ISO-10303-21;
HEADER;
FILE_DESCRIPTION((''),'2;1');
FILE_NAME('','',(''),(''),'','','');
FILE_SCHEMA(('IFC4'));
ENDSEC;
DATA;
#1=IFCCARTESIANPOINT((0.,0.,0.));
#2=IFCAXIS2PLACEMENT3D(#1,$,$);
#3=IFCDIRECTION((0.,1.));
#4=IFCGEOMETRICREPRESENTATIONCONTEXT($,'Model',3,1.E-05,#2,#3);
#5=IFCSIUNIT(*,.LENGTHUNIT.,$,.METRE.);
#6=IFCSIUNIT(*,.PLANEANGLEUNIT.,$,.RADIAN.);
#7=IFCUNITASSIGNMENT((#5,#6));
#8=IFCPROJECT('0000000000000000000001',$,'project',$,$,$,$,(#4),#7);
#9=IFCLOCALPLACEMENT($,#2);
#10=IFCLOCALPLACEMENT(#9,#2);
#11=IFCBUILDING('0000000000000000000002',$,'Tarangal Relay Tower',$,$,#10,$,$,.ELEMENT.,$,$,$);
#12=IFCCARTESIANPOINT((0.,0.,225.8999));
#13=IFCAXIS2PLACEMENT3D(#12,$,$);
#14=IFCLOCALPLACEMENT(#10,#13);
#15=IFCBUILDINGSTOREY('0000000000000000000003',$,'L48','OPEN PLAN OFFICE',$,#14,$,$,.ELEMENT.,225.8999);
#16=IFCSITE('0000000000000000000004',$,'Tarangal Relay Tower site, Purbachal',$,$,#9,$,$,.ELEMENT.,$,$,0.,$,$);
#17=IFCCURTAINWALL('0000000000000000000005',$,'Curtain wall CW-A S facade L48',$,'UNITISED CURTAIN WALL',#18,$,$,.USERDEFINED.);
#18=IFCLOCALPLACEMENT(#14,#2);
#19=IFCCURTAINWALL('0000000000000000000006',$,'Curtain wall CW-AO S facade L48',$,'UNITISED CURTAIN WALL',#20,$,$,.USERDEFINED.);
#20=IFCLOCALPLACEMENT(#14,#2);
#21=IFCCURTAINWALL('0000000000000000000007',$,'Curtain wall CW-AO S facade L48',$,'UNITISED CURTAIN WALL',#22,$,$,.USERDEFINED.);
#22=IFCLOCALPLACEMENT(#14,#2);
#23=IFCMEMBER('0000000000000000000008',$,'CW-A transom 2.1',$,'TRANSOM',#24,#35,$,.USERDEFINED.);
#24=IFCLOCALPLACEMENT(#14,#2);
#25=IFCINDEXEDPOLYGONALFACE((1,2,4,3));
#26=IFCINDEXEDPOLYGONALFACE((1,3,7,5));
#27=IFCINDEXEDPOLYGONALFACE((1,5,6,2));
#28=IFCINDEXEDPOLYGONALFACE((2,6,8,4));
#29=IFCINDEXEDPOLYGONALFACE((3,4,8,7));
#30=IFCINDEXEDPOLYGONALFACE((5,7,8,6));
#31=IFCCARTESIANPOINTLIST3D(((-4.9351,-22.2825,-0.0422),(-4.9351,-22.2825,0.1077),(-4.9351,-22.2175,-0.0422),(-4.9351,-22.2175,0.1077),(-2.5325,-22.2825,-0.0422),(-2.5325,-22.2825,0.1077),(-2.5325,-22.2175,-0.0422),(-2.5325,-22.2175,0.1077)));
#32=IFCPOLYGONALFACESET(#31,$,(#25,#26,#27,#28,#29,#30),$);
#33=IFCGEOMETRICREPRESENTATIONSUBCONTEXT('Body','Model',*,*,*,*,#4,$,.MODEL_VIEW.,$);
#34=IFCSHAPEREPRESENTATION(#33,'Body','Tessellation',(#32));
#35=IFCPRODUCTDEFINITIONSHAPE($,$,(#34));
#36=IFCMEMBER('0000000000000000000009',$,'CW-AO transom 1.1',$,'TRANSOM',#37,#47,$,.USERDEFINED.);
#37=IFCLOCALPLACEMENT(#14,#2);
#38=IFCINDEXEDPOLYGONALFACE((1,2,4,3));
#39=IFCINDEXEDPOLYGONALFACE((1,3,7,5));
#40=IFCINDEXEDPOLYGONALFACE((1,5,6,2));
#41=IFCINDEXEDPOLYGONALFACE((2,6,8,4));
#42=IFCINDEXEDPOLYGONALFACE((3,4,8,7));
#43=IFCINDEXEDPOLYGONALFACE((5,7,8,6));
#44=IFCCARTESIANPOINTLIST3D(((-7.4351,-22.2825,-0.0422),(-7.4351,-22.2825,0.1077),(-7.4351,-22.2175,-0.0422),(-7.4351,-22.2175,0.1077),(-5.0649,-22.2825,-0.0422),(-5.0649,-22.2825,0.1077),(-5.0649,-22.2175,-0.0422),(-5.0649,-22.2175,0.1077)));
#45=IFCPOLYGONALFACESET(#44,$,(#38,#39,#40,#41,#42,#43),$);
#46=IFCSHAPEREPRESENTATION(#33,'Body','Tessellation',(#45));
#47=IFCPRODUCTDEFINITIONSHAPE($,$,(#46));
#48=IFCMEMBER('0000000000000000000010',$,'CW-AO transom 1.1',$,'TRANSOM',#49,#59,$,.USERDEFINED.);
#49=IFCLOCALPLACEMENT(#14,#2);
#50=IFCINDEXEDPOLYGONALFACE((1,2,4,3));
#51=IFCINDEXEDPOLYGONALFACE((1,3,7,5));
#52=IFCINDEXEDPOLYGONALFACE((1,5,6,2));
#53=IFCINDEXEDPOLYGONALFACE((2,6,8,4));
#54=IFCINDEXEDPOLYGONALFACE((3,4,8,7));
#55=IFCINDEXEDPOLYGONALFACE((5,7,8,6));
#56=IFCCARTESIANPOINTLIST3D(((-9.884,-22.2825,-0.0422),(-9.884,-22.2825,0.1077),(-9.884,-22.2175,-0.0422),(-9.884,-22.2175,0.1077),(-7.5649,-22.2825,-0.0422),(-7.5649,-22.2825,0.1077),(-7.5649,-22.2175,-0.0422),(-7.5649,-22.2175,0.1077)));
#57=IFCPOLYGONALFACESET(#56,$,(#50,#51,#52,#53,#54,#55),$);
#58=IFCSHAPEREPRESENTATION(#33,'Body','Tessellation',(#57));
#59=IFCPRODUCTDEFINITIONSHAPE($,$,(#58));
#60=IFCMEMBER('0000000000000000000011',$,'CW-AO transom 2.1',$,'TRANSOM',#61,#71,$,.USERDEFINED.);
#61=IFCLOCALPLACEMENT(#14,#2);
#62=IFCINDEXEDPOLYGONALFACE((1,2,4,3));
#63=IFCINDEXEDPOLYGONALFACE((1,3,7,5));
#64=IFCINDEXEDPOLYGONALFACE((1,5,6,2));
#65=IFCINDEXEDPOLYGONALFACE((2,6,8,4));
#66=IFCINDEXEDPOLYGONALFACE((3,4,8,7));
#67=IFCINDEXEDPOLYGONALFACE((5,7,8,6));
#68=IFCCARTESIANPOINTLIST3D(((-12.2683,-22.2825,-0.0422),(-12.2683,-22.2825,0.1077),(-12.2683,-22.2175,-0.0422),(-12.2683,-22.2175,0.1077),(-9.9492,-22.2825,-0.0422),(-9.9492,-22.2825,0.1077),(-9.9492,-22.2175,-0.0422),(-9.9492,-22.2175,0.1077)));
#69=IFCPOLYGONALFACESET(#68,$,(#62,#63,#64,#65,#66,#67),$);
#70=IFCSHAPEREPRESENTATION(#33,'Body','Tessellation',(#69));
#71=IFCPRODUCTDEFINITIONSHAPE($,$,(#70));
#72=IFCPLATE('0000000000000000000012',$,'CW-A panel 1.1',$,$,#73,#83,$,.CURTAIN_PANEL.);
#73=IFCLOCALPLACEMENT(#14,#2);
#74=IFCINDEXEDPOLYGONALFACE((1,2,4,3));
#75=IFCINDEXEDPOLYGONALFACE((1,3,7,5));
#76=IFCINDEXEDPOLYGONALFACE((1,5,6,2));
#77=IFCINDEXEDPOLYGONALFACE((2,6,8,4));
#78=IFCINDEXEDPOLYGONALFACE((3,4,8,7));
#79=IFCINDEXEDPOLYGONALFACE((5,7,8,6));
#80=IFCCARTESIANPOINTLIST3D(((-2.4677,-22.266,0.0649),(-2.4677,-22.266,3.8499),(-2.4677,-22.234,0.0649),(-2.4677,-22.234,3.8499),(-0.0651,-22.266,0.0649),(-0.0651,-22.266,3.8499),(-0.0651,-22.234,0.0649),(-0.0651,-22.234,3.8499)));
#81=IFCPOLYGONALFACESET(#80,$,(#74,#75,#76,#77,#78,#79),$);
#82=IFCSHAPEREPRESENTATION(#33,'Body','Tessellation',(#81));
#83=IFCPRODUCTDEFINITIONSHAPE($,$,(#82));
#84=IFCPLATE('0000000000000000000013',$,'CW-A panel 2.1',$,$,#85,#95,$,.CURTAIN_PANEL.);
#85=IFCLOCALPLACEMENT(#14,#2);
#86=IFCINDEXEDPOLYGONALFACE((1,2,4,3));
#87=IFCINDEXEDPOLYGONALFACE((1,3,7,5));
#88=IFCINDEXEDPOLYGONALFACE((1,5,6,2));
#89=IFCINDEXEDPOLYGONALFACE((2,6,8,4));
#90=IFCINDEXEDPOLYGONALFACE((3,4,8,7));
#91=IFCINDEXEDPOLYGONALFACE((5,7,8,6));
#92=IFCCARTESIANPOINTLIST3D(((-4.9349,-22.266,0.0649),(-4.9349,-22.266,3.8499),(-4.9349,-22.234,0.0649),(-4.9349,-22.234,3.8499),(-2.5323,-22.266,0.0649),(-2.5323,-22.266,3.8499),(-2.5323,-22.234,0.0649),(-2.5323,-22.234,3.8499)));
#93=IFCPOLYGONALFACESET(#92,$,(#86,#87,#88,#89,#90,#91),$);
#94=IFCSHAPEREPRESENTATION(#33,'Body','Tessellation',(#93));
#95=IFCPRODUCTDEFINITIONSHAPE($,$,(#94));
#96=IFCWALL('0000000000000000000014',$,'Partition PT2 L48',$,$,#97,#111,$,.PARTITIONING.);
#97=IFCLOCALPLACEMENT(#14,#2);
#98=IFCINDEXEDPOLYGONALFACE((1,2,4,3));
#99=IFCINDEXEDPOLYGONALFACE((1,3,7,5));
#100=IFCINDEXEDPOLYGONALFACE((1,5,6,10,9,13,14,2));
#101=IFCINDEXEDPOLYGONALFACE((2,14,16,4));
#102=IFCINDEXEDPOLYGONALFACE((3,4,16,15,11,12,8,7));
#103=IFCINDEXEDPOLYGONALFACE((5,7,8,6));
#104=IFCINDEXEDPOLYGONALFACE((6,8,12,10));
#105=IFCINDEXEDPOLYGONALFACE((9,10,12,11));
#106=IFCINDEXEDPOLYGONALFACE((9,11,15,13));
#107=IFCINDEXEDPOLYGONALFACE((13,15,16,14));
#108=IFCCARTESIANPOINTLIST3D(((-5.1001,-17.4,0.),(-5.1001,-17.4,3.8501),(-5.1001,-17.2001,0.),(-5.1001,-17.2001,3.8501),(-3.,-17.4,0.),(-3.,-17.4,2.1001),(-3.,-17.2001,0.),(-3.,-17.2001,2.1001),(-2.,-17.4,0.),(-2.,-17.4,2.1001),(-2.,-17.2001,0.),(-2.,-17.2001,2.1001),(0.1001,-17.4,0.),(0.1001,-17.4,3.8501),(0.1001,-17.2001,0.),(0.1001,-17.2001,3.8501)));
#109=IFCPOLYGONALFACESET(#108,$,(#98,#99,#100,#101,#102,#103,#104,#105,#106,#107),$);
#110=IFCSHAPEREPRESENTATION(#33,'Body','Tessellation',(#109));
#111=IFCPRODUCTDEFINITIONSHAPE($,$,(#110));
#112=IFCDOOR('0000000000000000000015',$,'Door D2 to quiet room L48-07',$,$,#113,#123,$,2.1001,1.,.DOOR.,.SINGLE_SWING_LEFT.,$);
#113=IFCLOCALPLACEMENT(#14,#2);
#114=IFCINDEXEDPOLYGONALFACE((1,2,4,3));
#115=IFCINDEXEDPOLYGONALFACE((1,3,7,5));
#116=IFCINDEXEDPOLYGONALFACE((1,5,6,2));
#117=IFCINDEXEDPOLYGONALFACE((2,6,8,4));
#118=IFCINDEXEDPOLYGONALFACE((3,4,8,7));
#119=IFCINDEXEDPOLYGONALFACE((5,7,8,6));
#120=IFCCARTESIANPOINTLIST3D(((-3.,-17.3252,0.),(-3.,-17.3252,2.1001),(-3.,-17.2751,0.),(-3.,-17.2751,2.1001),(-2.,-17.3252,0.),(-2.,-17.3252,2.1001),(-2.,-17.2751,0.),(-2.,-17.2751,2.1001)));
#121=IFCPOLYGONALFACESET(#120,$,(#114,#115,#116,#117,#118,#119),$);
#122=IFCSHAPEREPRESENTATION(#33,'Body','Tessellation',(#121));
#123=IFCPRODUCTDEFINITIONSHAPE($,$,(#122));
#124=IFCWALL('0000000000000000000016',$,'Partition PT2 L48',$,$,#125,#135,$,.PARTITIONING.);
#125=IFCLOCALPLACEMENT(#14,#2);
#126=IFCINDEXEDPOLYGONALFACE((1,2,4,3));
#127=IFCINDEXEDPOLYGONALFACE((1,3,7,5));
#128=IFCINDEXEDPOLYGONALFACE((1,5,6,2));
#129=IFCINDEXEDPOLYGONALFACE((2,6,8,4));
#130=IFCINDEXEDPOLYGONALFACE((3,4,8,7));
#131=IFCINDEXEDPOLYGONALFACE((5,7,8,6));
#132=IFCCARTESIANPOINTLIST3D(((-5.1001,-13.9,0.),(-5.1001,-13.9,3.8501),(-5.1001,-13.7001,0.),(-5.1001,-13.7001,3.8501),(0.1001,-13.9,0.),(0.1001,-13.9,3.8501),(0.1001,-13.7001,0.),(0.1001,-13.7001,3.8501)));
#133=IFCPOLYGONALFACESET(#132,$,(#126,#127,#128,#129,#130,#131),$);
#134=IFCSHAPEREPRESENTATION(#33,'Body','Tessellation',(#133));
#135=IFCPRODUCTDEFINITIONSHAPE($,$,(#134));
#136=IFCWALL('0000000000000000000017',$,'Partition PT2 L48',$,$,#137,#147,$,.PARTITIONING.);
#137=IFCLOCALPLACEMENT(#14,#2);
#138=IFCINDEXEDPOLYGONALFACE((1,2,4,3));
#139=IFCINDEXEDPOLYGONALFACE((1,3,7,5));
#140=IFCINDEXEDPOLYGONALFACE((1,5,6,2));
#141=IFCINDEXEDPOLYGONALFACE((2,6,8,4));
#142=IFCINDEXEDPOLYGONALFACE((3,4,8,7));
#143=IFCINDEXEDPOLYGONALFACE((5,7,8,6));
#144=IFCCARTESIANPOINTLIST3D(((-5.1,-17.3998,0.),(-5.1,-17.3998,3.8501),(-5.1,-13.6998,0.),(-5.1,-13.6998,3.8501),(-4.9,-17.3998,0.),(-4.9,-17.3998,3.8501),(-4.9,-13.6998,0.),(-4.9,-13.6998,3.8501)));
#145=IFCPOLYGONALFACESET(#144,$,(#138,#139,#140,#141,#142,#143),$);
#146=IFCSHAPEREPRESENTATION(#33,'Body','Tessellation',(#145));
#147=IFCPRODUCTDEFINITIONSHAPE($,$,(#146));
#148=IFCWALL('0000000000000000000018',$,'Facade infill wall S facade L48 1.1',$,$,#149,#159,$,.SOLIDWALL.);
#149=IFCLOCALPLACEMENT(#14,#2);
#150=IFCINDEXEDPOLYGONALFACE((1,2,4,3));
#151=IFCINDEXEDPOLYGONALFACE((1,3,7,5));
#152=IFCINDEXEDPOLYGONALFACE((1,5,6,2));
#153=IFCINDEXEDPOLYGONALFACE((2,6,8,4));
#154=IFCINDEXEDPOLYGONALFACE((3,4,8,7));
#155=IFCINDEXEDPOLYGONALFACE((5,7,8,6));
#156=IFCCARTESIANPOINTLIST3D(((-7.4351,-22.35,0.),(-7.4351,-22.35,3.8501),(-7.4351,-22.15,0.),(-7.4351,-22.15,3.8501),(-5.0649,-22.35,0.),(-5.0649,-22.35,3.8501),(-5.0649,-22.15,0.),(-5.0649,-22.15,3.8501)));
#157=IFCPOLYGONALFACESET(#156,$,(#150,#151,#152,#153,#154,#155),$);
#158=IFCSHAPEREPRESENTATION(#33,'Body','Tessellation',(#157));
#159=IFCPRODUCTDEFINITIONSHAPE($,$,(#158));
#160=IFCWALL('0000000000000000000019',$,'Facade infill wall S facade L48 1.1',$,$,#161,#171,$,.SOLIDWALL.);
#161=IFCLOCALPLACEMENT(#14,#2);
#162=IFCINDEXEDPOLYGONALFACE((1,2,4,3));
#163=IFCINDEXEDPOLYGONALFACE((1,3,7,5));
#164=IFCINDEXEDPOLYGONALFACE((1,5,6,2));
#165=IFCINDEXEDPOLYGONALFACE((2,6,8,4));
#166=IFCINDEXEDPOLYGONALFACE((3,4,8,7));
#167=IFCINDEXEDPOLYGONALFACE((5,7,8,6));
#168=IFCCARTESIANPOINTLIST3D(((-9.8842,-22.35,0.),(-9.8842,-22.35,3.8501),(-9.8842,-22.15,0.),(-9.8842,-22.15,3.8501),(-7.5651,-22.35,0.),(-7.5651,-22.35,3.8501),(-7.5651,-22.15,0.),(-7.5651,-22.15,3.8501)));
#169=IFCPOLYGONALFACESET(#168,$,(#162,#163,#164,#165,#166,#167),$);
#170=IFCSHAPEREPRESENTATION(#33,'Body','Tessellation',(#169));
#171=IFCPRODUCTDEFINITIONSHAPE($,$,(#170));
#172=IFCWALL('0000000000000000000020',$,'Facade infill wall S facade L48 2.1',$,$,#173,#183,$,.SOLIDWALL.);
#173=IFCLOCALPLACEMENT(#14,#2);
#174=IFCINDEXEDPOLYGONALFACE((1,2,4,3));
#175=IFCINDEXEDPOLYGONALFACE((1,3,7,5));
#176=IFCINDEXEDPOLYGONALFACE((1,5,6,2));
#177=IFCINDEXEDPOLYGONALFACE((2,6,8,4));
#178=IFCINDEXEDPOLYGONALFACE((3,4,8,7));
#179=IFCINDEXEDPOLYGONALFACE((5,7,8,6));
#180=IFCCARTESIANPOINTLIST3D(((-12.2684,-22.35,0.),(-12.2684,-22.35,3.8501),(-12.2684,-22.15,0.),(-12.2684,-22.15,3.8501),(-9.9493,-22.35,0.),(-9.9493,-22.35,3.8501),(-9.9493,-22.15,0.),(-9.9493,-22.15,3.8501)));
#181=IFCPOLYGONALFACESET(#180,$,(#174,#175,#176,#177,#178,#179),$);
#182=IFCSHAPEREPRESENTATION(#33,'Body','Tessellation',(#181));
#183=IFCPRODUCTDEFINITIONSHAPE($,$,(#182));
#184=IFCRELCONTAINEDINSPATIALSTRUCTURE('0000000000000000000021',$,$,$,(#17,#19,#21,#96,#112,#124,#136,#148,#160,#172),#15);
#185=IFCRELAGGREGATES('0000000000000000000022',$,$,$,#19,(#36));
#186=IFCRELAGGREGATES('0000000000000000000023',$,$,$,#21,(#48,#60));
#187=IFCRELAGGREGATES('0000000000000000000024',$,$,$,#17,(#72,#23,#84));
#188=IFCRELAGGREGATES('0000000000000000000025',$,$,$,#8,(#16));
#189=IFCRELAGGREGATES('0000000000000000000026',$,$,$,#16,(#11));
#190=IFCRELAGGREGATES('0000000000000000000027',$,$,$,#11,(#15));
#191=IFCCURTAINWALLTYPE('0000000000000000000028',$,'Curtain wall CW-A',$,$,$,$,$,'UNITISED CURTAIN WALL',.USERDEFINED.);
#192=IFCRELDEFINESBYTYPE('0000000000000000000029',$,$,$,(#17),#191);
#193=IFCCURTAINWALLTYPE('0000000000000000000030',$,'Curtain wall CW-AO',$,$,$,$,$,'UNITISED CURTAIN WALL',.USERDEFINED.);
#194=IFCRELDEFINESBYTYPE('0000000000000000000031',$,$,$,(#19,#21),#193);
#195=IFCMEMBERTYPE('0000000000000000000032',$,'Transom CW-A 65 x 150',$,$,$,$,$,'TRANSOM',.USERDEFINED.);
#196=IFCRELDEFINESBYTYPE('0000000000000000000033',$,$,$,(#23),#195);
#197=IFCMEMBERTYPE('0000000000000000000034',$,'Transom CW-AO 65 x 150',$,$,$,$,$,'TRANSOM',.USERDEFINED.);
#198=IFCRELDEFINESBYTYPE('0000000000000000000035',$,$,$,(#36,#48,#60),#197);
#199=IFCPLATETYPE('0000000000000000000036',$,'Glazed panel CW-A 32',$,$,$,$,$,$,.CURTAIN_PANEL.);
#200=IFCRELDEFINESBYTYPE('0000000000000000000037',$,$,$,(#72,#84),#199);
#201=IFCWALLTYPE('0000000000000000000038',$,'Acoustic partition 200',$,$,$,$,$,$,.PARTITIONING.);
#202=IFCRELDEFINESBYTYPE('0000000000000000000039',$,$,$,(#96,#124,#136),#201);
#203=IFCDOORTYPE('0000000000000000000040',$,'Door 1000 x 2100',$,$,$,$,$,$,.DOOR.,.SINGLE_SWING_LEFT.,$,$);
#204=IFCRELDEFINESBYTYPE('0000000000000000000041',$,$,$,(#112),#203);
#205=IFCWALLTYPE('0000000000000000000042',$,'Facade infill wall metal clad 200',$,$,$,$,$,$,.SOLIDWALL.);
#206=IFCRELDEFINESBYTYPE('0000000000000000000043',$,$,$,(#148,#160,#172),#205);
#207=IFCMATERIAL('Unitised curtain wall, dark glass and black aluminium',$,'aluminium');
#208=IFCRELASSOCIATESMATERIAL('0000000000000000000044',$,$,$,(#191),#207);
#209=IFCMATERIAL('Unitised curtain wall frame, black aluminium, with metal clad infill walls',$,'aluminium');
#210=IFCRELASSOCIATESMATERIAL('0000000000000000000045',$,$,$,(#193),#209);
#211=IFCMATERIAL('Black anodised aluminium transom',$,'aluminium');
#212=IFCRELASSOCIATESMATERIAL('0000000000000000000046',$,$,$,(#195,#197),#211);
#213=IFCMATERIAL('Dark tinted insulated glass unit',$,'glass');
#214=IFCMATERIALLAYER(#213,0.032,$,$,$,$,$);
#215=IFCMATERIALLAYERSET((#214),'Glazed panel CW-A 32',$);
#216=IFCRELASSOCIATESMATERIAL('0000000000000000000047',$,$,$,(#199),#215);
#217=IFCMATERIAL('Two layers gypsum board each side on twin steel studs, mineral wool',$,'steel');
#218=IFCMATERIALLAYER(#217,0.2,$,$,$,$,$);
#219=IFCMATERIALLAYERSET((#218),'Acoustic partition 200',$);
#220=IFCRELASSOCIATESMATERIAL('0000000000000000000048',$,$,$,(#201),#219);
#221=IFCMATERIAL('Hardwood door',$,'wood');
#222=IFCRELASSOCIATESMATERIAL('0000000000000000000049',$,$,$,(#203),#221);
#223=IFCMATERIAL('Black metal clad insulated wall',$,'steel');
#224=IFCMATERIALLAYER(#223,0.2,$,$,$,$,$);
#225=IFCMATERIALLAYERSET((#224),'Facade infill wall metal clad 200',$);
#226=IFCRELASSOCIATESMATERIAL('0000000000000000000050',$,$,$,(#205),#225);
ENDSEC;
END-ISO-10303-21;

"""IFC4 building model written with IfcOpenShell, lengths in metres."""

from ifc_helpers import new_model, si_unit, direction, frame, frame_2d, origin, origin_2d, place, context, subcontext, project, spatial, rectangle, extrude, material, layer, layer_set, material_profile, profile_set, type_object, element, fill, aggregate, save


model = new_model("IFC4")

# Units and contexts
model_context = context("Model", 3, precision=1e-05, world=origin(), true_north=direction((0.0, 1.0)))
body_context = subcontext(model_context, "Body", "Model", "MODEL_VIEW")
ifc_project = project(units=[si_unit("LENGTHUNIT", "METRE"), si_unit("PLANEANGLEUNIT", "RADIAN")], contexts=[model_context])

# Site, building, storey
site_placement = place(None, origin())
site = spatial("IfcSite", under=ifc_project, at=site_placement, Name="Tarangal Relay Tower site, Purbachal", CompositionType="ELEMENT", RefElevation=0.0)
building_placement = place(site_placement, origin())
building = spatial("IfcBuilding", under=site, at=building_placement, Name="Tarangal Relay Tower", CompositionType="ELEMENT")
storey_placement = place(building_placement, frame((0.0, 0.0, 225.8999)))
storey = spatial("IfcBuildingStorey", under=building, at=storey_placement, Name="L48", Description="OPEN PLAN OFFICE", CompositionType="ELEMENT", Elevation=225.8999)

# Curtain walls
ifc_material_1 = material(Name="Unitised curtain wall, dark glass and black aluminium", Category="aluminium")
curtain_wall_type_1 = type_object("IfcCurtainWallType", Name="Curtain wall CW-A", ElementType="UNITISED CURTAIN WALL", PredefinedType="USERDEFINED", material=ifc_material_1)
curtain_wall_1_placement = place(storey_placement, origin())
curtain_wall_1 = element("IfcCurtainWall", 1, at=curtain_wall_1_placement, inside=storey, type_object=curtain_wall_type_1, Name="Curtain wall CW-A S facade L48", ObjectType="UNITISED CURTAIN WALL", PredefinedType="USERDEFINED")
ifc_material_2 = material(Name="Unitised curtain wall frame, black aluminium, with metal clad infill walls", Category="aluminium")
curtain_wall_type_2 = type_object("IfcCurtainWallType", Name="Curtain wall CW-AO", ElementType="UNITISED CURTAIN WALL", PredefinedType="USERDEFINED", material=ifc_material_2)
curtain_wall_2_placement = place(storey_placement, origin())
curtain_wall_2 = element("IfcCurtainWall", 2, at=curtain_wall_2_placement, inside=storey, type_object=curtain_wall_type_2, Name="Curtain wall CW-AO S facade L48", ObjectType="UNITISED CURTAIN WALL", PredefinedType="USERDEFINED")
curtain_wall_3_placement = place(storey_placement, origin())
curtain_wall_3 = element("IfcCurtainWall", 3, at=curtain_wall_3_placement, inside=storey, type_object=curtain_wall_type_2, Name="Curtain wall CW-AO S facade L48", ObjectType="UNITISED CURTAIN WALL", PredefinedType="USERDEFINED")

# Members
ifc_material_3 = material(Name="Black anodised aluminium transom", Category="aluminium")
ifc_material_profile_1 = material_profile(ifc_material_3, rectangle(XDim=0.0649, YDim=0.1499, at=origin_2d()), Name="CW-AT 65X150")
ifc_profile_set_1 = profile_set([ifc_material_profile_1], Name="Black anodised aluminium transom")
member_type_1 = type_object("IfcMemberType", Name="Transom CW-A 65 x 150", ElementType="TRANSOM", PredefinedType="USERDEFINED", material=ifc_profile_set_1)
member_1_placement = place(storey_placement, frame((-2.5325, -22.25, 0.0327), z_axis=(-1.0, 0.0, 0.0), x_axis=(0.0, -1.0, 0.0)))
member_1 = element("IfcMember", 4, at=member_1_placement, type_object=member_type_1, Name="CW-A transom 2.1", ObjectType="TRANSOM", PredefinedType="USERDEFINED", context=body_context, shape_type="SweptSolid", body=[
    extrude(rectangle(XDim=0.0649, YDim=0.1499, at=origin_2d()), origin(), (0.0, 0.0, 1.0), 2.4026),
])
ifc_material_profile_2 = material_profile(ifc_material_3, rectangle(XDim=0.0649, YDim=0.1499, at=origin_2d()), Name="CW-AOT 65X150")
ifc_profile_set_2 = profile_set([ifc_material_profile_2], Name="Black anodised aluminium transom")
member_type_2 = type_object("IfcMemberType", Name="Transom CW-AO 65 x 150", ElementType="TRANSOM", PredefinedType="USERDEFINED", material=ifc_profile_set_2)
member_2_placement = place(storey_placement, frame((-5.0649, -22.25, 0.0327), z_axis=(-1.0, 0.0, 0.0), x_axis=(0.0, -1.0, 0.0)))
member_2 = element("IfcMember", 5, at=member_2_placement, type_object=member_type_2, Name="CW-AO transom 1.1", ObjectType="TRANSOM", PredefinedType="USERDEFINED", context=body_context, shape_type="SweptSolid", body=[
    extrude(rectangle(XDim=0.0649, YDim=0.1499, at=origin_2d()), origin(), (0.0, 0.0, 1.0), 2.3701),
])
aggregate(curtain_wall_2, [member_2])
member_3_placement = place(storey_placement, frame((-7.5649, -22.25, 0.0327), z_axis=(-1.0, 0.0, 0.0), x_axis=(0.0, -1.0, 0.0)))
member_3 = element("IfcMember", 6, at=member_3_placement, type_object=member_type_2, Name="CW-AO transom 1.1", ObjectType="TRANSOM", PredefinedType="USERDEFINED", context=body_context, shape_type="SweptSolid", body=[
    extrude(rectangle(XDim=0.0649, YDim=0.1499, at=origin_2d()), origin(), (0.0, 0.0, 1.0), 2.3191),
])
member_4_placement = place(storey_placement, frame((-9.9492, -22.25, 0.0327), z_axis=(-1.0, 0.0, 0.0), x_axis=(0.0, -1.0, 0.0)))
member_4 = element("IfcMember", 7, at=member_4_placement, type_object=member_type_2, Name="CW-AO transom 2.1", ObjectType="TRANSOM", PredefinedType="USERDEFINED", context=body_context, shape_type="SweptSolid", body=[
    extrude(rectangle(XDim=0.0649, YDim=0.1499, at=origin_2d()), origin(), (0.0, 0.0, 1.0), 2.3191),
])
aggregate(curtain_wall_3, [member_3, member_4])

# Plates
ifc_material_4 = material(Name="Dark tinted insulated glass unit", Category="glass")
ifc_layer_1 = layer(ifc_material_4, 0.032)
ifc_layer_set_1 = layer_set([ifc_layer_1], Name="Glazed panel CW-A 32")
plate_type = type_object("IfcPlateType", Name="Glazed panel CW-A 32", PredefinedType="CURTAIN_PANEL", material=ifc_layer_set_1)
plate_1_placement = place(storey_placement, frame((-1.2664, -22.25, 0.0649), z_axis=(0.0, 0.0, 1.0), x_axis=(-1.0, 0.0, 0.0)))
plate_1 = element("IfcPlate", 8, at=plate_1_placement, type_object=plate_type, Name="CW-A panel 1.1", PredefinedType="CURTAIN_PANEL", context=body_context, shape_type="SweptSolid", body=[
    extrude(rectangle(XDim=2.4026, YDim=0.032, at=origin_2d()), origin(), (0.0, 0.0, 1.0), 3.7849),
])
plate_2_placement = place(storey_placement, frame((-3.7336, -22.25, 0.0649), z_axis=(0.0, 0.0, 1.0), x_axis=(-1.0, 0.0, 0.0)))
plate_2 = element("IfcPlate", 9, at=plate_2_placement, type_object=plate_type, Name="CW-A panel 2.1", PredefinedType="CURTAIN_PANEL", context=body_context, shape_type="SweptSolid", body=[
    extrude(rectangle(XDim=2.4026, YDim=0.032, at=origin_2d()), origin(), (0.0, 0.0, 1.0), 3.7849),
])
aggregate(curtain_wall_1, [plate_1, member_1, plate_2])

# Wall, opening, door
ifc_material_5 = material(Name="Two layers gypsum board each side on twin steel studs, mineral wool", Category="steel")
ifc_layer_2 = layer(ifc_material_5, 0.2)
ifc_layer_set_2 = layer_set([ifc_layer_2], Name="Acoustic partition 200")
wall_type_1 = type_object("IfcWallType", Name="Acoustic partition 200", PredefinedType="PARTITIONING", material=ifc_layer_set_2)
wall_1_placement = place(storey_placement, frame((-5.1001, -17.3, 0.0), z_axis=(0.0, 0.0, 1.0), x_axis=(1.0, 0.0, 0.0)))
wall_1 = element("IfcWall", 10, at=wall_1_placement, inside=storey, type_object=wall_type_1, Name="Partition PT2 L48", PredefinedType="PARTITIONING", context=body_context, shape_type="SweptSolid", body=[
    extrude(rectangle(XDim=5.2002, YDim=0.2, at=frame_2d((2.6001, 0.0))), origin(), (0.0, 0.0, 1.0), 3.8501),
])
opening_1_placement = place(wall_1_placement, frame((2.1001, 0.0, 0.0)))
opening_1 = element("IfcOpeningElement", 11, at=opening_1_placement, cuts=wall_1, PredefinedType="OPENING", context=body_context, shape_type="SweptSolid", body=[
    extrude(rectangle(XDim=1.0, YDim=2.1001, at=frame_2d((0.5, 1.05))), frame((0.0, 0.1099, 0.0), z_axis=(0.0, -1.0, 0.0), x_axis=(1.0, 0.0, 0.0)), (0.0, 0.0, 1.0), 0.22),
])
ifc_material_6 = material(Name="Hardwood door", Category="wood")
door_type_1 = type_object("IfcDoorType", Name="Door 1000 x 2100", OperationType="SINGLE_SWING_LEFT", PredefinedType="DOOR", material=ifc_material_6)
door_1_placement = place(opening_1_placement, origin())
door_1 = element("IfcDoor", 12, at=door_1_placement, inside=storey, type_object=door_type_1, Name="Door D2 to quiet room L48-07", OperationType="SINGLE_SWING_LEFT", OverallHeight=2.1001, OverallWidth=1.0, PredefinedType="DOOR", context=body_context, shape_type="SweptSolid", body=[
    extrude(rectangle(XDim=1.0, YDim=2.1001, at=frame_2d((0.5, 1.05))), frame((0.0, 0.0249, 0.0), z_axis=(0.0, -1.0, 0.0), x_axis=(1.0, 0.0, 0.0)), (0.0, 0.0, 1.0), 0.05),
])
fill(opening_1, door_1)

# Walls
wall_2_placement = place(storey_placement, frame((-5.1001, -13.8, 0.0), z_axis=(0.0, 0.0, 1.0), x_axis=(1.0, 0.0, 0.0)))
element("IfcWall", 13, at=wall_2_placement, inside=storey, type_object=wall_type_1, Name="Partition PT2 L48", PredefinedType="PARTITIONING", context=body_context, shape_type="SweptSolid", body=[
    extrude(rectangle(XDim=5.2002, YDim=0.2, at=frame_2d((2.6001, 0.0))), origin(), (0.0, 0.0, 1.0), 3.8501),
])
wall_3_placement = place(storey_placement, frame((-5.0, -17.3999, 0.0), z_axis=(0.0, 0.0, 1.0), x_axis=(0.0, 1.0, 0.0)))
element("IfcWall", 14, at=wall_3_placement, inside=storey, type_object=wall_type_1, Name="Partition PT2 L48", PredefinedType="PARTITIONING", context=body_context, shape_type="SweptSolid", body=[
    extrude(rectangle(XDim=3.7, YDim=0.2, at=frame_2d((1.8501, 0.0))), origin(), (0.0, 0.0, 1.0), 3.8501),
])
ifc_material_7 = material(Name="Black metal clad insulated wall", Category="steel")
ifc_layer_3 = layer(ifc_material_7, 0.2)
ifc_layer_set_3 = layer_set([ifc_layer_3], Name="Facade infill wall metal clad 200")
wall_type_2 = type_object("IfcWallType", Name="Facade infill wall metal clad 200", PredefinedType="SOLIDWALL", material=ifc_layer_set_3)
wall_4_placement = place(storey_placement, frame((-5.0649, -22.25, 0.0), z_axis=(0.0, 0.0, 1.0), x_axis=(-1.0, 0.0, 0.0)))
element("IfcWall", 15, at=wall_4_placement, inside=storey, type_object=wall_type_2, Name="Facade infill wall S facade L48 1.1", PredefinedType="SOLIDWALL", context=body_context, shape_type="SweptSolid", body=[
    extrude(rectangle(XDim=2.3701, YDim=0.2, at=frame_2d((1.1851, 0.0))), origin(), (0.0, 0.0, 1.0), 3.8501),
])
for number, where, z_axis, x_axis, name in (
    (16, (-7.5649, -22.25, 0.0), (0.0, 0.0, 1.0), (-1.0, 0.0, 0.0), "Facade infill wall S facade L48 1.1"),
    (17, (-9.9492, -22.25, 0.0), (0.0, 0.0, 1.0), (-1.0, 0.0, 0.0), "Facade infill wall S facade L48 2.1"),
):
    element("IfcWall", number, at=place(storey_placement, frame(where, z_axis=z_axis, x_axis=x_axis)), inside=storey, type_object=wall_type_2, Name=name, PredefinedType="SOLIDWALL", context=body_context, shape_type="SweptSolid", body=[
        extrude(rectangle(XDim=2.3191, YDim=0.2, at=frame_2d((1.1597, 0.0))), origin(), (0.0, 0.0, 1.0), 3.8501),
    ])

save(model, "model.ifc")
